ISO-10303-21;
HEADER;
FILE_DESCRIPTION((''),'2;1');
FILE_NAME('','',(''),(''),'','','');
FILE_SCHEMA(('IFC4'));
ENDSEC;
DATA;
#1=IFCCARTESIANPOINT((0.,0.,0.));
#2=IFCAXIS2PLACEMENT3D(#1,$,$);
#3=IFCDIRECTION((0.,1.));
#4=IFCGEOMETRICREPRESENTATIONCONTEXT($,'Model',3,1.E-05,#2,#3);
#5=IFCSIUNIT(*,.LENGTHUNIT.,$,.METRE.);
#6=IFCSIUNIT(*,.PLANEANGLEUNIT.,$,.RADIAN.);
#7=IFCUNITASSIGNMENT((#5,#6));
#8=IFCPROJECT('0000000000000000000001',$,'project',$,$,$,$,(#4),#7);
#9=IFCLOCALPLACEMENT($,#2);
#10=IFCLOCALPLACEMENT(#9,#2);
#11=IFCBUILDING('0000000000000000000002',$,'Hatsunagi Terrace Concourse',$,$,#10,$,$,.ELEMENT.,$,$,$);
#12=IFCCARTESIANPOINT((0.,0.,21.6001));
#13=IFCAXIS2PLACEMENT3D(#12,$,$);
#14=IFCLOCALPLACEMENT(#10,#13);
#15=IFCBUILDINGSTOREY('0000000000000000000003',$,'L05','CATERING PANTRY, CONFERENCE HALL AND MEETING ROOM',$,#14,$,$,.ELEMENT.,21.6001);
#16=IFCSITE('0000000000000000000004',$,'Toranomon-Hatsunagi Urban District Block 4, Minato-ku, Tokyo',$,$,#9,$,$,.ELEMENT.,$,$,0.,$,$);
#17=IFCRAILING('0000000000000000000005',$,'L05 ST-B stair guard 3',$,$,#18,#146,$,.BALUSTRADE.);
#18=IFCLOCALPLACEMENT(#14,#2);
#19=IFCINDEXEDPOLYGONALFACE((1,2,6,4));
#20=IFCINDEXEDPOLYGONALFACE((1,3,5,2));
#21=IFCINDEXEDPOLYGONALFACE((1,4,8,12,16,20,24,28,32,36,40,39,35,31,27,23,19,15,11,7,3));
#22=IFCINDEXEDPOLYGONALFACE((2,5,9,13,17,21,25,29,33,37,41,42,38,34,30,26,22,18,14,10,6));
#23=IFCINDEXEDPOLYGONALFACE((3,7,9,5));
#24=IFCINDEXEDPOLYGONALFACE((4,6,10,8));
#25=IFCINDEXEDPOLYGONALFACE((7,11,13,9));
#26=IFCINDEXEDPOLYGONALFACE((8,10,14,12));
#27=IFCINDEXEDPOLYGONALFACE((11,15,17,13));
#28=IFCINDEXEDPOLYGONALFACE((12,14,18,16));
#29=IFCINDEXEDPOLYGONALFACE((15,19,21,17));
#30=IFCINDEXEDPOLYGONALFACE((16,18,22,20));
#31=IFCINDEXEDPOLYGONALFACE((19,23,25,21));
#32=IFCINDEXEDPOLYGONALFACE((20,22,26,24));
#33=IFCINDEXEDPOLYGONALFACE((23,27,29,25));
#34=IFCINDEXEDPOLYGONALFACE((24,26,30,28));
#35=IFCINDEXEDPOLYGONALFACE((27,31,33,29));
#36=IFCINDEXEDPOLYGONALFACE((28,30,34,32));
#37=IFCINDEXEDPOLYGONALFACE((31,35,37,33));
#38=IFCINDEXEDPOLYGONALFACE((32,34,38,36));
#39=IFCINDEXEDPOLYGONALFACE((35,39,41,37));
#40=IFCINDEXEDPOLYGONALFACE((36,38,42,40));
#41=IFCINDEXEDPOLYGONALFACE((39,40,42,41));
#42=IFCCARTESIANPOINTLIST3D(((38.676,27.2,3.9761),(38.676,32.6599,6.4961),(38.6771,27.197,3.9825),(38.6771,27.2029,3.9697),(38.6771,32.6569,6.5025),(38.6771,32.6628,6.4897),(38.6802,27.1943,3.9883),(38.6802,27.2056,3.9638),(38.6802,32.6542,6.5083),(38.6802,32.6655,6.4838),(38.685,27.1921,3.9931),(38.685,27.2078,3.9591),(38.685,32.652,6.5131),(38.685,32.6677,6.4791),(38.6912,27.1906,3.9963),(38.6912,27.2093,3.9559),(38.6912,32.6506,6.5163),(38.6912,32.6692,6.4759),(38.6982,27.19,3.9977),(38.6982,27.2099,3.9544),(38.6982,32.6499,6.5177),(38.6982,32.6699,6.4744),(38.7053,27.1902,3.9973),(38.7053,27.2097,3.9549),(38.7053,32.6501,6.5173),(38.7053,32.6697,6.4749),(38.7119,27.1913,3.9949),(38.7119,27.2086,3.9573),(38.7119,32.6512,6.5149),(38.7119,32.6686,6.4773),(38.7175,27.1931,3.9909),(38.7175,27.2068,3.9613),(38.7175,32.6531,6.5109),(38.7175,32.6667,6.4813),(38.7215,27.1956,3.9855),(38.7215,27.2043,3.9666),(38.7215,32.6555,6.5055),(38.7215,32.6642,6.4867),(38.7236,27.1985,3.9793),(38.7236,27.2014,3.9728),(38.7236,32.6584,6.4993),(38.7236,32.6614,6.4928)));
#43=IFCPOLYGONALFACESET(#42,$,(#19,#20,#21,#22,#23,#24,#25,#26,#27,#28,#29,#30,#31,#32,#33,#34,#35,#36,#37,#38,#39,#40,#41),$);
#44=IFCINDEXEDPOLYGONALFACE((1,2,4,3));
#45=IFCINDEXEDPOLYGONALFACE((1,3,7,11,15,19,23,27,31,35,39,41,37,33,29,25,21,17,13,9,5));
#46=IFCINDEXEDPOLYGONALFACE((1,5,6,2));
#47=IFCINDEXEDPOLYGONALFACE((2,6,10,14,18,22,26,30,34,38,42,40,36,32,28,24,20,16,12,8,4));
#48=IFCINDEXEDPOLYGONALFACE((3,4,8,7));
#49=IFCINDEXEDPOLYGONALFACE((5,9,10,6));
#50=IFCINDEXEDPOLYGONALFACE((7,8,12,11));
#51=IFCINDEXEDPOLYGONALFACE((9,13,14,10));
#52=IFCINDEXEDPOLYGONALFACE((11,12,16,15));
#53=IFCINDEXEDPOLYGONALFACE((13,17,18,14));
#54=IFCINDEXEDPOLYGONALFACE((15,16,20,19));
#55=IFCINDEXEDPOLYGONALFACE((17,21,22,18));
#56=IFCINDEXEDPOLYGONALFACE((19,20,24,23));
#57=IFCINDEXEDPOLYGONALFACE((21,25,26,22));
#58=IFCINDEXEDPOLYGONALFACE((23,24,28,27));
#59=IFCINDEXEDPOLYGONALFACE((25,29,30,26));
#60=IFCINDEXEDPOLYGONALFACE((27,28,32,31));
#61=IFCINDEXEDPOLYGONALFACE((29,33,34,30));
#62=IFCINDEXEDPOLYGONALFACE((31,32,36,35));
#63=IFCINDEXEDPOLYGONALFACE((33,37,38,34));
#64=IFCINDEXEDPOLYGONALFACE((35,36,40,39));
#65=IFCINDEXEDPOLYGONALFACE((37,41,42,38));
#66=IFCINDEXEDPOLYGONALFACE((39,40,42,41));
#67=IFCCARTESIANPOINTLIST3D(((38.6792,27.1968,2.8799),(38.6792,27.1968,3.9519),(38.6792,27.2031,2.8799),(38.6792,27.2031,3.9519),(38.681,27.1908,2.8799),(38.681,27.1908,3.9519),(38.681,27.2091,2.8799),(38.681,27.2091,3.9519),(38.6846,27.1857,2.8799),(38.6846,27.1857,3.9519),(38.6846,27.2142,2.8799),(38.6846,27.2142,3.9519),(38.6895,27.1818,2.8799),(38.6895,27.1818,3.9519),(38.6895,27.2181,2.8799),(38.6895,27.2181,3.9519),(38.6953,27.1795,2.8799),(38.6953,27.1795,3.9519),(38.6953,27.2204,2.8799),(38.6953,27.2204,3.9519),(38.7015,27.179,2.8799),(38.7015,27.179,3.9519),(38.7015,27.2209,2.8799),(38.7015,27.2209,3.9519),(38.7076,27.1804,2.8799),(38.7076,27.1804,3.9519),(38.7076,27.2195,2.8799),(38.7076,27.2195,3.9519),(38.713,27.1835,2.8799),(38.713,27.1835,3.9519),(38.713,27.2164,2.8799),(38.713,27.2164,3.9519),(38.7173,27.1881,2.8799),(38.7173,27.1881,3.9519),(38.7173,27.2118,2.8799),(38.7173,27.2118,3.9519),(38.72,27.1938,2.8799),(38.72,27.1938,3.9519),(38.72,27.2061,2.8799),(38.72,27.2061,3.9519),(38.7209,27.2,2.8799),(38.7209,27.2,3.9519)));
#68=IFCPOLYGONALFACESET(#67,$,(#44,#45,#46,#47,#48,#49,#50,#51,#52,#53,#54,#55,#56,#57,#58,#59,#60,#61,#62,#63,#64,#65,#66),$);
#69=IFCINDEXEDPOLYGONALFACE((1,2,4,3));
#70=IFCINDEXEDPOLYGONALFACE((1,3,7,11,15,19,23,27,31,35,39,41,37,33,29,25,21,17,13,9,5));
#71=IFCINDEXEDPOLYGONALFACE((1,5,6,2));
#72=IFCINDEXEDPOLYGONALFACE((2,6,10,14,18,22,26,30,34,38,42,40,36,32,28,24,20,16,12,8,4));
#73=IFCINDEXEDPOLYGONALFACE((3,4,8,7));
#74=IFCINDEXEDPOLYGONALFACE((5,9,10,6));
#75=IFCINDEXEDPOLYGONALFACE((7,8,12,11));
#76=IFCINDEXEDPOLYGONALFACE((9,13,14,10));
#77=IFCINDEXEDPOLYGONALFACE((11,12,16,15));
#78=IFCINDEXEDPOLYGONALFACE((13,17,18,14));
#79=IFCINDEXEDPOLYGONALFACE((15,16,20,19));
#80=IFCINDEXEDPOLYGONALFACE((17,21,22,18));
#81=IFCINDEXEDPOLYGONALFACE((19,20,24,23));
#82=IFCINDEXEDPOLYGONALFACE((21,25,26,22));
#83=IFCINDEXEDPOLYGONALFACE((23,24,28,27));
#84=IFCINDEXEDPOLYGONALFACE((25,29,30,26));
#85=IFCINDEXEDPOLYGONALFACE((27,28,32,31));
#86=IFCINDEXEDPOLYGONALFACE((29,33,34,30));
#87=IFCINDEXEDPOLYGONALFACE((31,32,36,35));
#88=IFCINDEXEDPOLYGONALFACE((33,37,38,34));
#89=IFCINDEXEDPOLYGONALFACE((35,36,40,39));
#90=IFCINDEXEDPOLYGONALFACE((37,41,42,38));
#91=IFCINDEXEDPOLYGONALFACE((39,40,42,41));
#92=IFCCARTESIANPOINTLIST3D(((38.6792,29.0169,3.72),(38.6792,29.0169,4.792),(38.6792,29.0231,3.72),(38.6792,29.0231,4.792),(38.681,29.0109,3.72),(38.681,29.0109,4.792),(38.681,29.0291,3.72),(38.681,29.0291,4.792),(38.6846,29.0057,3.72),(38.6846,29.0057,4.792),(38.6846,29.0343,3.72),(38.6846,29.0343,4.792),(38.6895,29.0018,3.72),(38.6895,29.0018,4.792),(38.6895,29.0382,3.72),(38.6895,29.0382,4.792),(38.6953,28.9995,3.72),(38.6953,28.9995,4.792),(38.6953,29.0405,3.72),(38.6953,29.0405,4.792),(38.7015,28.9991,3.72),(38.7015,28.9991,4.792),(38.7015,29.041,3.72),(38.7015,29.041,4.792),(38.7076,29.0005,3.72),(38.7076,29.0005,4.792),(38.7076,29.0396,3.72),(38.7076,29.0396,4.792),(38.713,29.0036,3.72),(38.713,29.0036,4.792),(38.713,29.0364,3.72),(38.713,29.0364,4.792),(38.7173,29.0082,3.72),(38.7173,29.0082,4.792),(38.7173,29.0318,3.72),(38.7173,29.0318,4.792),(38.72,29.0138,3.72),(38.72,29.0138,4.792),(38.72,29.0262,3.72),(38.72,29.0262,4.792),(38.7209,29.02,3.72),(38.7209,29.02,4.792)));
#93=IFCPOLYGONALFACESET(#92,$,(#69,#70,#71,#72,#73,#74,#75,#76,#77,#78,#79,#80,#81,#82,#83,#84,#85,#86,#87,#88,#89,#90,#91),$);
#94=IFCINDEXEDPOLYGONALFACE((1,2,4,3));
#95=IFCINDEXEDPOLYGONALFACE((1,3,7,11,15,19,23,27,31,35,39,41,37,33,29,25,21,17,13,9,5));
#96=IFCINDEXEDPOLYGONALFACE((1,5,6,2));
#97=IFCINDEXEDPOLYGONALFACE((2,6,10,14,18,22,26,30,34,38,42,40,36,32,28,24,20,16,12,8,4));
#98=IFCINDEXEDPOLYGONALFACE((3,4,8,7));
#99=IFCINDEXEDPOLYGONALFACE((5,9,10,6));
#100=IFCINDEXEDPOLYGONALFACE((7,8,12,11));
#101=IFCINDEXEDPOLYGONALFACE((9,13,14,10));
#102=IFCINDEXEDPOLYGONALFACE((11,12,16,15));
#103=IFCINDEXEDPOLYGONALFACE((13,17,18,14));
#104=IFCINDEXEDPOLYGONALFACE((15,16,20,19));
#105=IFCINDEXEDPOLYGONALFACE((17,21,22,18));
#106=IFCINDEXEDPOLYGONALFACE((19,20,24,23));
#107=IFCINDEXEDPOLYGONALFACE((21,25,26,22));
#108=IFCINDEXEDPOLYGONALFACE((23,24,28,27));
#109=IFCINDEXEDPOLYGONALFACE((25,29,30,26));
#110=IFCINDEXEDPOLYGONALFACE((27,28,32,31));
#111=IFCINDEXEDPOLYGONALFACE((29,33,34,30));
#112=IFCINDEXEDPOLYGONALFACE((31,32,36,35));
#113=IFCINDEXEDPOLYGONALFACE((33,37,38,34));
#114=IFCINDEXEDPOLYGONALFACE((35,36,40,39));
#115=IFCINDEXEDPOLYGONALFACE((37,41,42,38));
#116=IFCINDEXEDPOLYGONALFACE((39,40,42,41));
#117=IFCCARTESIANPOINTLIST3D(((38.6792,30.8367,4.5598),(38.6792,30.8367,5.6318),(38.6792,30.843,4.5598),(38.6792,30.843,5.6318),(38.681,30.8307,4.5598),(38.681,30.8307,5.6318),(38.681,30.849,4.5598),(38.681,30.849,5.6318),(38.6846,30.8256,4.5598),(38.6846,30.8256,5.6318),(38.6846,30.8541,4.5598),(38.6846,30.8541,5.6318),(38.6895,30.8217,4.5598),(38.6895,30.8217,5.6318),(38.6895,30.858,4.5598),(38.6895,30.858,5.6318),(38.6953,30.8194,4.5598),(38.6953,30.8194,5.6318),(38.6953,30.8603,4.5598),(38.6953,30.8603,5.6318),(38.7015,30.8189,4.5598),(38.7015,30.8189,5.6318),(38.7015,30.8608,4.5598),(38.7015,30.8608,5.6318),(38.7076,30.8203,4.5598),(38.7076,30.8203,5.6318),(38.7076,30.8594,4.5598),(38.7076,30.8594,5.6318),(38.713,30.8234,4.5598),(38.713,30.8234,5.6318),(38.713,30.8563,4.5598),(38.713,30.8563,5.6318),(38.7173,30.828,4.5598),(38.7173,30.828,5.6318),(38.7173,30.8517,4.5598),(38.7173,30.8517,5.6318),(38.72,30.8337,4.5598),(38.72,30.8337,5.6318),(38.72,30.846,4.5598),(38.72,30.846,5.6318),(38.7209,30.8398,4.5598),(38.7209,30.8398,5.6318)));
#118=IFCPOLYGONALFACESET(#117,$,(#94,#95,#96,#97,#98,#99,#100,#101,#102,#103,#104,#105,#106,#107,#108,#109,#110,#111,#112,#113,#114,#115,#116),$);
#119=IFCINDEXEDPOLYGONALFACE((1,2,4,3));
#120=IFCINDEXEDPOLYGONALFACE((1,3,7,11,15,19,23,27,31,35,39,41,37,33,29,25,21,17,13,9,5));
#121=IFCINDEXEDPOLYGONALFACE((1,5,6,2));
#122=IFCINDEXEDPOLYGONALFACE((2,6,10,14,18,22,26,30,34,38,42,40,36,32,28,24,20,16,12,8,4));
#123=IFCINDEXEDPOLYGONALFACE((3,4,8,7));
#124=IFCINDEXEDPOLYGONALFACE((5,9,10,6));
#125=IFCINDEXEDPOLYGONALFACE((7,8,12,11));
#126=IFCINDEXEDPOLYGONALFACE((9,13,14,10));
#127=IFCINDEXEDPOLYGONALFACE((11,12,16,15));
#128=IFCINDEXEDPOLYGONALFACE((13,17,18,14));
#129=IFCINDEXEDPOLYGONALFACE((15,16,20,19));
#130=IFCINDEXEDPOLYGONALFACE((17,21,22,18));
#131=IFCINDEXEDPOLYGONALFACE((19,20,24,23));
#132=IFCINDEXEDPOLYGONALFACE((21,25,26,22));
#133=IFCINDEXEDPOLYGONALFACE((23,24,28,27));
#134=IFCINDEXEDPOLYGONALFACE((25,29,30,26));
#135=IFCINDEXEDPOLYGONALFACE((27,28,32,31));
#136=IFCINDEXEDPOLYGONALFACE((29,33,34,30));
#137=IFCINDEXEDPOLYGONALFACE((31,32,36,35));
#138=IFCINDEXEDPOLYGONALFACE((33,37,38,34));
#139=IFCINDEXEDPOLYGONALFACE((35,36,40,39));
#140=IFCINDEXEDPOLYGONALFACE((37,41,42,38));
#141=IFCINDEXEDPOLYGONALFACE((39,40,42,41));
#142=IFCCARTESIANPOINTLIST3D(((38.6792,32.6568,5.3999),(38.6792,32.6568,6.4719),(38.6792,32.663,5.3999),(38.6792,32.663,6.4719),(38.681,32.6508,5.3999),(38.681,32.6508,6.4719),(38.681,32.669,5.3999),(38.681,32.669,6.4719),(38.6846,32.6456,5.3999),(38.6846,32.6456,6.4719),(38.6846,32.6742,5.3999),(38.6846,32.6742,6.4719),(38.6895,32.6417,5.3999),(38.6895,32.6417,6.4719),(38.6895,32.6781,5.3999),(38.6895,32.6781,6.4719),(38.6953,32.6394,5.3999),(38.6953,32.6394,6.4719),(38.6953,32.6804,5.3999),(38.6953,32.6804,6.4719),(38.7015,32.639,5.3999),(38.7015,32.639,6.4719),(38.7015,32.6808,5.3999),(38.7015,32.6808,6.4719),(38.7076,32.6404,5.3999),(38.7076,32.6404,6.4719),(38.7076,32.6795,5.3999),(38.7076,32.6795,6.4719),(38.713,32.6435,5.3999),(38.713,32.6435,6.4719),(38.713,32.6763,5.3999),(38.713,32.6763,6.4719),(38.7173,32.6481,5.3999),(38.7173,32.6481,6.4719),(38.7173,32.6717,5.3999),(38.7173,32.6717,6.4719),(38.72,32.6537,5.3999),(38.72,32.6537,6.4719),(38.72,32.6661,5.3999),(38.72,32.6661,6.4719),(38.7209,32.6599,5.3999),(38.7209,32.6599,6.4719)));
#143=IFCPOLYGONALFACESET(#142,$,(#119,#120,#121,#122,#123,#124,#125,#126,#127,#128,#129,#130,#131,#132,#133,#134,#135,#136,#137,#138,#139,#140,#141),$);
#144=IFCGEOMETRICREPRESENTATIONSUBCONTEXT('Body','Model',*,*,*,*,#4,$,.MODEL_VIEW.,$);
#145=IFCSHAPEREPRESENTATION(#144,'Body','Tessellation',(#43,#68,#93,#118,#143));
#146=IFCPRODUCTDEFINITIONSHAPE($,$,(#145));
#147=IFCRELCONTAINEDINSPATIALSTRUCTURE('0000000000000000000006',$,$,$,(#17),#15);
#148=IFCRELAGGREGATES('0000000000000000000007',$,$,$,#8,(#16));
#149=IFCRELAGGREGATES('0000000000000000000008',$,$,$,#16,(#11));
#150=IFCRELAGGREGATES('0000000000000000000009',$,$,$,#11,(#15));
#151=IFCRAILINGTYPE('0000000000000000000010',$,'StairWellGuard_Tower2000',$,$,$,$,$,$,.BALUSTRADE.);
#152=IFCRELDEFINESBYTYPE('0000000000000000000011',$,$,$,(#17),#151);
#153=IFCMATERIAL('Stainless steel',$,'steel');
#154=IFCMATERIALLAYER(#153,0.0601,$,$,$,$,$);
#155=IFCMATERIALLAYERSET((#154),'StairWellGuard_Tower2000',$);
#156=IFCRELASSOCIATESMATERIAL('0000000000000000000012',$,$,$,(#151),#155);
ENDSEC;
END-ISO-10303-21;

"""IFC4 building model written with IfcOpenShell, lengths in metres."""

from ifc_helpers import new_model, si_unit, direction, frame, origin, origin_2d, place, context, subcontext, project, spatial, circle, extrude, material, layer, layer_set, type_object, element, save


model = new_model("IFC4")

# Units and contexts
model_context = context("Model", 3, precision=1e-05, world=origin(), true_north=direction((0.0, 1.0)))
body_context = subcontext(model_context, "Body", "Model", "MODEL_VIEW")
ifc_project = project(units=[si_unit("LENGTHUNIT", "METRE"), si_unit("PLANEANGLEUNIT", "RADIAN")], contexts=[model_context])

# Site, building, storey
site_placement = place(None, origin())
site = spatial("IfcSite", under=ifc_project, at=site_placement, Name="Toranomon-Hatsunagi Urban District Block 4, Minato-ku, Tokyo", CompositionType="ELEMENT", RefElevation=0.0)
building_placement = place(site_placement, origin())
building = spatial("IfcBuilding", under=site, at=building_placement, Name="Hatsunagi Terrace Concourse", CompositionType="ELEMENT")
storey_placement = place(building_placement, frame((0.0, 0.0, 21.6001)))
storey = spatial("IfcBuildingStorey", under=building, at=storey_placement, Name="L05", Description="CATERING PANTRY, CONFERENCE HALL AND MEETING ROOM", CompositionType="ELEMENT", Elevation=21.6001)

# Railing
ifc_material_1 = material(Name="Stainless steel", Category="steel")
ifc_layer_1 = layer(ifc_material_1, 0.0601)
ifc_layer_set_1 = layer_set([ifc_layer_1], Name="StairWellGuard_Tower2000")
railing_type_1 = type_object("IfcRailingType", Name="StairWellGuard_Tower2000", PredefinedType="BALUSTRADE", material=ifc_layer_set_1)
railing_1_placement = place(storey_placement, frame((38.7, 27.2, 2.8799)))
element("IfcRailing", 1, at=railing_1_placement, inside=storey, type_object=railing_type_1, Name="L05 ST-B stair guard 3", PredefinedType="BALUSTRADE", context=body_context, shape_type="SweptSolid", body=[
    extrude(circle(Radius=0.0239, at=origin_2d()), frame((0.0, 0.0, 1.0962), z_axis=(0.0, 0.907957, 0.419063), x_axis=(-1.0, 0.0, 0.0)), (0.0, 0.0, 1.0), 6.0134),
    extrude(circle(Radius=0.021, at=origin_2d()), origin(), (0.0, 0.0, 1.0), 1.072),
    extrude(circle(Radius=0.021, at=origin_2d()), frame((0.0, 1.8201, 0.8401)), (0.0, 0.0, 1.0), 1.072),
    extrude(circle(Radius=0.021, at=origin_2d()), frame((0.0, 3.6399, 1.6799)), (0.0, 0.0, 1.0), 1.072),
    extrude(circle(Radius=0.021, at=origin_2d()), frame((0.0, 5.46, 2.52)), (0.0, 0.0, 1.0), 1.072),
])

save(model, "model.ifc")
